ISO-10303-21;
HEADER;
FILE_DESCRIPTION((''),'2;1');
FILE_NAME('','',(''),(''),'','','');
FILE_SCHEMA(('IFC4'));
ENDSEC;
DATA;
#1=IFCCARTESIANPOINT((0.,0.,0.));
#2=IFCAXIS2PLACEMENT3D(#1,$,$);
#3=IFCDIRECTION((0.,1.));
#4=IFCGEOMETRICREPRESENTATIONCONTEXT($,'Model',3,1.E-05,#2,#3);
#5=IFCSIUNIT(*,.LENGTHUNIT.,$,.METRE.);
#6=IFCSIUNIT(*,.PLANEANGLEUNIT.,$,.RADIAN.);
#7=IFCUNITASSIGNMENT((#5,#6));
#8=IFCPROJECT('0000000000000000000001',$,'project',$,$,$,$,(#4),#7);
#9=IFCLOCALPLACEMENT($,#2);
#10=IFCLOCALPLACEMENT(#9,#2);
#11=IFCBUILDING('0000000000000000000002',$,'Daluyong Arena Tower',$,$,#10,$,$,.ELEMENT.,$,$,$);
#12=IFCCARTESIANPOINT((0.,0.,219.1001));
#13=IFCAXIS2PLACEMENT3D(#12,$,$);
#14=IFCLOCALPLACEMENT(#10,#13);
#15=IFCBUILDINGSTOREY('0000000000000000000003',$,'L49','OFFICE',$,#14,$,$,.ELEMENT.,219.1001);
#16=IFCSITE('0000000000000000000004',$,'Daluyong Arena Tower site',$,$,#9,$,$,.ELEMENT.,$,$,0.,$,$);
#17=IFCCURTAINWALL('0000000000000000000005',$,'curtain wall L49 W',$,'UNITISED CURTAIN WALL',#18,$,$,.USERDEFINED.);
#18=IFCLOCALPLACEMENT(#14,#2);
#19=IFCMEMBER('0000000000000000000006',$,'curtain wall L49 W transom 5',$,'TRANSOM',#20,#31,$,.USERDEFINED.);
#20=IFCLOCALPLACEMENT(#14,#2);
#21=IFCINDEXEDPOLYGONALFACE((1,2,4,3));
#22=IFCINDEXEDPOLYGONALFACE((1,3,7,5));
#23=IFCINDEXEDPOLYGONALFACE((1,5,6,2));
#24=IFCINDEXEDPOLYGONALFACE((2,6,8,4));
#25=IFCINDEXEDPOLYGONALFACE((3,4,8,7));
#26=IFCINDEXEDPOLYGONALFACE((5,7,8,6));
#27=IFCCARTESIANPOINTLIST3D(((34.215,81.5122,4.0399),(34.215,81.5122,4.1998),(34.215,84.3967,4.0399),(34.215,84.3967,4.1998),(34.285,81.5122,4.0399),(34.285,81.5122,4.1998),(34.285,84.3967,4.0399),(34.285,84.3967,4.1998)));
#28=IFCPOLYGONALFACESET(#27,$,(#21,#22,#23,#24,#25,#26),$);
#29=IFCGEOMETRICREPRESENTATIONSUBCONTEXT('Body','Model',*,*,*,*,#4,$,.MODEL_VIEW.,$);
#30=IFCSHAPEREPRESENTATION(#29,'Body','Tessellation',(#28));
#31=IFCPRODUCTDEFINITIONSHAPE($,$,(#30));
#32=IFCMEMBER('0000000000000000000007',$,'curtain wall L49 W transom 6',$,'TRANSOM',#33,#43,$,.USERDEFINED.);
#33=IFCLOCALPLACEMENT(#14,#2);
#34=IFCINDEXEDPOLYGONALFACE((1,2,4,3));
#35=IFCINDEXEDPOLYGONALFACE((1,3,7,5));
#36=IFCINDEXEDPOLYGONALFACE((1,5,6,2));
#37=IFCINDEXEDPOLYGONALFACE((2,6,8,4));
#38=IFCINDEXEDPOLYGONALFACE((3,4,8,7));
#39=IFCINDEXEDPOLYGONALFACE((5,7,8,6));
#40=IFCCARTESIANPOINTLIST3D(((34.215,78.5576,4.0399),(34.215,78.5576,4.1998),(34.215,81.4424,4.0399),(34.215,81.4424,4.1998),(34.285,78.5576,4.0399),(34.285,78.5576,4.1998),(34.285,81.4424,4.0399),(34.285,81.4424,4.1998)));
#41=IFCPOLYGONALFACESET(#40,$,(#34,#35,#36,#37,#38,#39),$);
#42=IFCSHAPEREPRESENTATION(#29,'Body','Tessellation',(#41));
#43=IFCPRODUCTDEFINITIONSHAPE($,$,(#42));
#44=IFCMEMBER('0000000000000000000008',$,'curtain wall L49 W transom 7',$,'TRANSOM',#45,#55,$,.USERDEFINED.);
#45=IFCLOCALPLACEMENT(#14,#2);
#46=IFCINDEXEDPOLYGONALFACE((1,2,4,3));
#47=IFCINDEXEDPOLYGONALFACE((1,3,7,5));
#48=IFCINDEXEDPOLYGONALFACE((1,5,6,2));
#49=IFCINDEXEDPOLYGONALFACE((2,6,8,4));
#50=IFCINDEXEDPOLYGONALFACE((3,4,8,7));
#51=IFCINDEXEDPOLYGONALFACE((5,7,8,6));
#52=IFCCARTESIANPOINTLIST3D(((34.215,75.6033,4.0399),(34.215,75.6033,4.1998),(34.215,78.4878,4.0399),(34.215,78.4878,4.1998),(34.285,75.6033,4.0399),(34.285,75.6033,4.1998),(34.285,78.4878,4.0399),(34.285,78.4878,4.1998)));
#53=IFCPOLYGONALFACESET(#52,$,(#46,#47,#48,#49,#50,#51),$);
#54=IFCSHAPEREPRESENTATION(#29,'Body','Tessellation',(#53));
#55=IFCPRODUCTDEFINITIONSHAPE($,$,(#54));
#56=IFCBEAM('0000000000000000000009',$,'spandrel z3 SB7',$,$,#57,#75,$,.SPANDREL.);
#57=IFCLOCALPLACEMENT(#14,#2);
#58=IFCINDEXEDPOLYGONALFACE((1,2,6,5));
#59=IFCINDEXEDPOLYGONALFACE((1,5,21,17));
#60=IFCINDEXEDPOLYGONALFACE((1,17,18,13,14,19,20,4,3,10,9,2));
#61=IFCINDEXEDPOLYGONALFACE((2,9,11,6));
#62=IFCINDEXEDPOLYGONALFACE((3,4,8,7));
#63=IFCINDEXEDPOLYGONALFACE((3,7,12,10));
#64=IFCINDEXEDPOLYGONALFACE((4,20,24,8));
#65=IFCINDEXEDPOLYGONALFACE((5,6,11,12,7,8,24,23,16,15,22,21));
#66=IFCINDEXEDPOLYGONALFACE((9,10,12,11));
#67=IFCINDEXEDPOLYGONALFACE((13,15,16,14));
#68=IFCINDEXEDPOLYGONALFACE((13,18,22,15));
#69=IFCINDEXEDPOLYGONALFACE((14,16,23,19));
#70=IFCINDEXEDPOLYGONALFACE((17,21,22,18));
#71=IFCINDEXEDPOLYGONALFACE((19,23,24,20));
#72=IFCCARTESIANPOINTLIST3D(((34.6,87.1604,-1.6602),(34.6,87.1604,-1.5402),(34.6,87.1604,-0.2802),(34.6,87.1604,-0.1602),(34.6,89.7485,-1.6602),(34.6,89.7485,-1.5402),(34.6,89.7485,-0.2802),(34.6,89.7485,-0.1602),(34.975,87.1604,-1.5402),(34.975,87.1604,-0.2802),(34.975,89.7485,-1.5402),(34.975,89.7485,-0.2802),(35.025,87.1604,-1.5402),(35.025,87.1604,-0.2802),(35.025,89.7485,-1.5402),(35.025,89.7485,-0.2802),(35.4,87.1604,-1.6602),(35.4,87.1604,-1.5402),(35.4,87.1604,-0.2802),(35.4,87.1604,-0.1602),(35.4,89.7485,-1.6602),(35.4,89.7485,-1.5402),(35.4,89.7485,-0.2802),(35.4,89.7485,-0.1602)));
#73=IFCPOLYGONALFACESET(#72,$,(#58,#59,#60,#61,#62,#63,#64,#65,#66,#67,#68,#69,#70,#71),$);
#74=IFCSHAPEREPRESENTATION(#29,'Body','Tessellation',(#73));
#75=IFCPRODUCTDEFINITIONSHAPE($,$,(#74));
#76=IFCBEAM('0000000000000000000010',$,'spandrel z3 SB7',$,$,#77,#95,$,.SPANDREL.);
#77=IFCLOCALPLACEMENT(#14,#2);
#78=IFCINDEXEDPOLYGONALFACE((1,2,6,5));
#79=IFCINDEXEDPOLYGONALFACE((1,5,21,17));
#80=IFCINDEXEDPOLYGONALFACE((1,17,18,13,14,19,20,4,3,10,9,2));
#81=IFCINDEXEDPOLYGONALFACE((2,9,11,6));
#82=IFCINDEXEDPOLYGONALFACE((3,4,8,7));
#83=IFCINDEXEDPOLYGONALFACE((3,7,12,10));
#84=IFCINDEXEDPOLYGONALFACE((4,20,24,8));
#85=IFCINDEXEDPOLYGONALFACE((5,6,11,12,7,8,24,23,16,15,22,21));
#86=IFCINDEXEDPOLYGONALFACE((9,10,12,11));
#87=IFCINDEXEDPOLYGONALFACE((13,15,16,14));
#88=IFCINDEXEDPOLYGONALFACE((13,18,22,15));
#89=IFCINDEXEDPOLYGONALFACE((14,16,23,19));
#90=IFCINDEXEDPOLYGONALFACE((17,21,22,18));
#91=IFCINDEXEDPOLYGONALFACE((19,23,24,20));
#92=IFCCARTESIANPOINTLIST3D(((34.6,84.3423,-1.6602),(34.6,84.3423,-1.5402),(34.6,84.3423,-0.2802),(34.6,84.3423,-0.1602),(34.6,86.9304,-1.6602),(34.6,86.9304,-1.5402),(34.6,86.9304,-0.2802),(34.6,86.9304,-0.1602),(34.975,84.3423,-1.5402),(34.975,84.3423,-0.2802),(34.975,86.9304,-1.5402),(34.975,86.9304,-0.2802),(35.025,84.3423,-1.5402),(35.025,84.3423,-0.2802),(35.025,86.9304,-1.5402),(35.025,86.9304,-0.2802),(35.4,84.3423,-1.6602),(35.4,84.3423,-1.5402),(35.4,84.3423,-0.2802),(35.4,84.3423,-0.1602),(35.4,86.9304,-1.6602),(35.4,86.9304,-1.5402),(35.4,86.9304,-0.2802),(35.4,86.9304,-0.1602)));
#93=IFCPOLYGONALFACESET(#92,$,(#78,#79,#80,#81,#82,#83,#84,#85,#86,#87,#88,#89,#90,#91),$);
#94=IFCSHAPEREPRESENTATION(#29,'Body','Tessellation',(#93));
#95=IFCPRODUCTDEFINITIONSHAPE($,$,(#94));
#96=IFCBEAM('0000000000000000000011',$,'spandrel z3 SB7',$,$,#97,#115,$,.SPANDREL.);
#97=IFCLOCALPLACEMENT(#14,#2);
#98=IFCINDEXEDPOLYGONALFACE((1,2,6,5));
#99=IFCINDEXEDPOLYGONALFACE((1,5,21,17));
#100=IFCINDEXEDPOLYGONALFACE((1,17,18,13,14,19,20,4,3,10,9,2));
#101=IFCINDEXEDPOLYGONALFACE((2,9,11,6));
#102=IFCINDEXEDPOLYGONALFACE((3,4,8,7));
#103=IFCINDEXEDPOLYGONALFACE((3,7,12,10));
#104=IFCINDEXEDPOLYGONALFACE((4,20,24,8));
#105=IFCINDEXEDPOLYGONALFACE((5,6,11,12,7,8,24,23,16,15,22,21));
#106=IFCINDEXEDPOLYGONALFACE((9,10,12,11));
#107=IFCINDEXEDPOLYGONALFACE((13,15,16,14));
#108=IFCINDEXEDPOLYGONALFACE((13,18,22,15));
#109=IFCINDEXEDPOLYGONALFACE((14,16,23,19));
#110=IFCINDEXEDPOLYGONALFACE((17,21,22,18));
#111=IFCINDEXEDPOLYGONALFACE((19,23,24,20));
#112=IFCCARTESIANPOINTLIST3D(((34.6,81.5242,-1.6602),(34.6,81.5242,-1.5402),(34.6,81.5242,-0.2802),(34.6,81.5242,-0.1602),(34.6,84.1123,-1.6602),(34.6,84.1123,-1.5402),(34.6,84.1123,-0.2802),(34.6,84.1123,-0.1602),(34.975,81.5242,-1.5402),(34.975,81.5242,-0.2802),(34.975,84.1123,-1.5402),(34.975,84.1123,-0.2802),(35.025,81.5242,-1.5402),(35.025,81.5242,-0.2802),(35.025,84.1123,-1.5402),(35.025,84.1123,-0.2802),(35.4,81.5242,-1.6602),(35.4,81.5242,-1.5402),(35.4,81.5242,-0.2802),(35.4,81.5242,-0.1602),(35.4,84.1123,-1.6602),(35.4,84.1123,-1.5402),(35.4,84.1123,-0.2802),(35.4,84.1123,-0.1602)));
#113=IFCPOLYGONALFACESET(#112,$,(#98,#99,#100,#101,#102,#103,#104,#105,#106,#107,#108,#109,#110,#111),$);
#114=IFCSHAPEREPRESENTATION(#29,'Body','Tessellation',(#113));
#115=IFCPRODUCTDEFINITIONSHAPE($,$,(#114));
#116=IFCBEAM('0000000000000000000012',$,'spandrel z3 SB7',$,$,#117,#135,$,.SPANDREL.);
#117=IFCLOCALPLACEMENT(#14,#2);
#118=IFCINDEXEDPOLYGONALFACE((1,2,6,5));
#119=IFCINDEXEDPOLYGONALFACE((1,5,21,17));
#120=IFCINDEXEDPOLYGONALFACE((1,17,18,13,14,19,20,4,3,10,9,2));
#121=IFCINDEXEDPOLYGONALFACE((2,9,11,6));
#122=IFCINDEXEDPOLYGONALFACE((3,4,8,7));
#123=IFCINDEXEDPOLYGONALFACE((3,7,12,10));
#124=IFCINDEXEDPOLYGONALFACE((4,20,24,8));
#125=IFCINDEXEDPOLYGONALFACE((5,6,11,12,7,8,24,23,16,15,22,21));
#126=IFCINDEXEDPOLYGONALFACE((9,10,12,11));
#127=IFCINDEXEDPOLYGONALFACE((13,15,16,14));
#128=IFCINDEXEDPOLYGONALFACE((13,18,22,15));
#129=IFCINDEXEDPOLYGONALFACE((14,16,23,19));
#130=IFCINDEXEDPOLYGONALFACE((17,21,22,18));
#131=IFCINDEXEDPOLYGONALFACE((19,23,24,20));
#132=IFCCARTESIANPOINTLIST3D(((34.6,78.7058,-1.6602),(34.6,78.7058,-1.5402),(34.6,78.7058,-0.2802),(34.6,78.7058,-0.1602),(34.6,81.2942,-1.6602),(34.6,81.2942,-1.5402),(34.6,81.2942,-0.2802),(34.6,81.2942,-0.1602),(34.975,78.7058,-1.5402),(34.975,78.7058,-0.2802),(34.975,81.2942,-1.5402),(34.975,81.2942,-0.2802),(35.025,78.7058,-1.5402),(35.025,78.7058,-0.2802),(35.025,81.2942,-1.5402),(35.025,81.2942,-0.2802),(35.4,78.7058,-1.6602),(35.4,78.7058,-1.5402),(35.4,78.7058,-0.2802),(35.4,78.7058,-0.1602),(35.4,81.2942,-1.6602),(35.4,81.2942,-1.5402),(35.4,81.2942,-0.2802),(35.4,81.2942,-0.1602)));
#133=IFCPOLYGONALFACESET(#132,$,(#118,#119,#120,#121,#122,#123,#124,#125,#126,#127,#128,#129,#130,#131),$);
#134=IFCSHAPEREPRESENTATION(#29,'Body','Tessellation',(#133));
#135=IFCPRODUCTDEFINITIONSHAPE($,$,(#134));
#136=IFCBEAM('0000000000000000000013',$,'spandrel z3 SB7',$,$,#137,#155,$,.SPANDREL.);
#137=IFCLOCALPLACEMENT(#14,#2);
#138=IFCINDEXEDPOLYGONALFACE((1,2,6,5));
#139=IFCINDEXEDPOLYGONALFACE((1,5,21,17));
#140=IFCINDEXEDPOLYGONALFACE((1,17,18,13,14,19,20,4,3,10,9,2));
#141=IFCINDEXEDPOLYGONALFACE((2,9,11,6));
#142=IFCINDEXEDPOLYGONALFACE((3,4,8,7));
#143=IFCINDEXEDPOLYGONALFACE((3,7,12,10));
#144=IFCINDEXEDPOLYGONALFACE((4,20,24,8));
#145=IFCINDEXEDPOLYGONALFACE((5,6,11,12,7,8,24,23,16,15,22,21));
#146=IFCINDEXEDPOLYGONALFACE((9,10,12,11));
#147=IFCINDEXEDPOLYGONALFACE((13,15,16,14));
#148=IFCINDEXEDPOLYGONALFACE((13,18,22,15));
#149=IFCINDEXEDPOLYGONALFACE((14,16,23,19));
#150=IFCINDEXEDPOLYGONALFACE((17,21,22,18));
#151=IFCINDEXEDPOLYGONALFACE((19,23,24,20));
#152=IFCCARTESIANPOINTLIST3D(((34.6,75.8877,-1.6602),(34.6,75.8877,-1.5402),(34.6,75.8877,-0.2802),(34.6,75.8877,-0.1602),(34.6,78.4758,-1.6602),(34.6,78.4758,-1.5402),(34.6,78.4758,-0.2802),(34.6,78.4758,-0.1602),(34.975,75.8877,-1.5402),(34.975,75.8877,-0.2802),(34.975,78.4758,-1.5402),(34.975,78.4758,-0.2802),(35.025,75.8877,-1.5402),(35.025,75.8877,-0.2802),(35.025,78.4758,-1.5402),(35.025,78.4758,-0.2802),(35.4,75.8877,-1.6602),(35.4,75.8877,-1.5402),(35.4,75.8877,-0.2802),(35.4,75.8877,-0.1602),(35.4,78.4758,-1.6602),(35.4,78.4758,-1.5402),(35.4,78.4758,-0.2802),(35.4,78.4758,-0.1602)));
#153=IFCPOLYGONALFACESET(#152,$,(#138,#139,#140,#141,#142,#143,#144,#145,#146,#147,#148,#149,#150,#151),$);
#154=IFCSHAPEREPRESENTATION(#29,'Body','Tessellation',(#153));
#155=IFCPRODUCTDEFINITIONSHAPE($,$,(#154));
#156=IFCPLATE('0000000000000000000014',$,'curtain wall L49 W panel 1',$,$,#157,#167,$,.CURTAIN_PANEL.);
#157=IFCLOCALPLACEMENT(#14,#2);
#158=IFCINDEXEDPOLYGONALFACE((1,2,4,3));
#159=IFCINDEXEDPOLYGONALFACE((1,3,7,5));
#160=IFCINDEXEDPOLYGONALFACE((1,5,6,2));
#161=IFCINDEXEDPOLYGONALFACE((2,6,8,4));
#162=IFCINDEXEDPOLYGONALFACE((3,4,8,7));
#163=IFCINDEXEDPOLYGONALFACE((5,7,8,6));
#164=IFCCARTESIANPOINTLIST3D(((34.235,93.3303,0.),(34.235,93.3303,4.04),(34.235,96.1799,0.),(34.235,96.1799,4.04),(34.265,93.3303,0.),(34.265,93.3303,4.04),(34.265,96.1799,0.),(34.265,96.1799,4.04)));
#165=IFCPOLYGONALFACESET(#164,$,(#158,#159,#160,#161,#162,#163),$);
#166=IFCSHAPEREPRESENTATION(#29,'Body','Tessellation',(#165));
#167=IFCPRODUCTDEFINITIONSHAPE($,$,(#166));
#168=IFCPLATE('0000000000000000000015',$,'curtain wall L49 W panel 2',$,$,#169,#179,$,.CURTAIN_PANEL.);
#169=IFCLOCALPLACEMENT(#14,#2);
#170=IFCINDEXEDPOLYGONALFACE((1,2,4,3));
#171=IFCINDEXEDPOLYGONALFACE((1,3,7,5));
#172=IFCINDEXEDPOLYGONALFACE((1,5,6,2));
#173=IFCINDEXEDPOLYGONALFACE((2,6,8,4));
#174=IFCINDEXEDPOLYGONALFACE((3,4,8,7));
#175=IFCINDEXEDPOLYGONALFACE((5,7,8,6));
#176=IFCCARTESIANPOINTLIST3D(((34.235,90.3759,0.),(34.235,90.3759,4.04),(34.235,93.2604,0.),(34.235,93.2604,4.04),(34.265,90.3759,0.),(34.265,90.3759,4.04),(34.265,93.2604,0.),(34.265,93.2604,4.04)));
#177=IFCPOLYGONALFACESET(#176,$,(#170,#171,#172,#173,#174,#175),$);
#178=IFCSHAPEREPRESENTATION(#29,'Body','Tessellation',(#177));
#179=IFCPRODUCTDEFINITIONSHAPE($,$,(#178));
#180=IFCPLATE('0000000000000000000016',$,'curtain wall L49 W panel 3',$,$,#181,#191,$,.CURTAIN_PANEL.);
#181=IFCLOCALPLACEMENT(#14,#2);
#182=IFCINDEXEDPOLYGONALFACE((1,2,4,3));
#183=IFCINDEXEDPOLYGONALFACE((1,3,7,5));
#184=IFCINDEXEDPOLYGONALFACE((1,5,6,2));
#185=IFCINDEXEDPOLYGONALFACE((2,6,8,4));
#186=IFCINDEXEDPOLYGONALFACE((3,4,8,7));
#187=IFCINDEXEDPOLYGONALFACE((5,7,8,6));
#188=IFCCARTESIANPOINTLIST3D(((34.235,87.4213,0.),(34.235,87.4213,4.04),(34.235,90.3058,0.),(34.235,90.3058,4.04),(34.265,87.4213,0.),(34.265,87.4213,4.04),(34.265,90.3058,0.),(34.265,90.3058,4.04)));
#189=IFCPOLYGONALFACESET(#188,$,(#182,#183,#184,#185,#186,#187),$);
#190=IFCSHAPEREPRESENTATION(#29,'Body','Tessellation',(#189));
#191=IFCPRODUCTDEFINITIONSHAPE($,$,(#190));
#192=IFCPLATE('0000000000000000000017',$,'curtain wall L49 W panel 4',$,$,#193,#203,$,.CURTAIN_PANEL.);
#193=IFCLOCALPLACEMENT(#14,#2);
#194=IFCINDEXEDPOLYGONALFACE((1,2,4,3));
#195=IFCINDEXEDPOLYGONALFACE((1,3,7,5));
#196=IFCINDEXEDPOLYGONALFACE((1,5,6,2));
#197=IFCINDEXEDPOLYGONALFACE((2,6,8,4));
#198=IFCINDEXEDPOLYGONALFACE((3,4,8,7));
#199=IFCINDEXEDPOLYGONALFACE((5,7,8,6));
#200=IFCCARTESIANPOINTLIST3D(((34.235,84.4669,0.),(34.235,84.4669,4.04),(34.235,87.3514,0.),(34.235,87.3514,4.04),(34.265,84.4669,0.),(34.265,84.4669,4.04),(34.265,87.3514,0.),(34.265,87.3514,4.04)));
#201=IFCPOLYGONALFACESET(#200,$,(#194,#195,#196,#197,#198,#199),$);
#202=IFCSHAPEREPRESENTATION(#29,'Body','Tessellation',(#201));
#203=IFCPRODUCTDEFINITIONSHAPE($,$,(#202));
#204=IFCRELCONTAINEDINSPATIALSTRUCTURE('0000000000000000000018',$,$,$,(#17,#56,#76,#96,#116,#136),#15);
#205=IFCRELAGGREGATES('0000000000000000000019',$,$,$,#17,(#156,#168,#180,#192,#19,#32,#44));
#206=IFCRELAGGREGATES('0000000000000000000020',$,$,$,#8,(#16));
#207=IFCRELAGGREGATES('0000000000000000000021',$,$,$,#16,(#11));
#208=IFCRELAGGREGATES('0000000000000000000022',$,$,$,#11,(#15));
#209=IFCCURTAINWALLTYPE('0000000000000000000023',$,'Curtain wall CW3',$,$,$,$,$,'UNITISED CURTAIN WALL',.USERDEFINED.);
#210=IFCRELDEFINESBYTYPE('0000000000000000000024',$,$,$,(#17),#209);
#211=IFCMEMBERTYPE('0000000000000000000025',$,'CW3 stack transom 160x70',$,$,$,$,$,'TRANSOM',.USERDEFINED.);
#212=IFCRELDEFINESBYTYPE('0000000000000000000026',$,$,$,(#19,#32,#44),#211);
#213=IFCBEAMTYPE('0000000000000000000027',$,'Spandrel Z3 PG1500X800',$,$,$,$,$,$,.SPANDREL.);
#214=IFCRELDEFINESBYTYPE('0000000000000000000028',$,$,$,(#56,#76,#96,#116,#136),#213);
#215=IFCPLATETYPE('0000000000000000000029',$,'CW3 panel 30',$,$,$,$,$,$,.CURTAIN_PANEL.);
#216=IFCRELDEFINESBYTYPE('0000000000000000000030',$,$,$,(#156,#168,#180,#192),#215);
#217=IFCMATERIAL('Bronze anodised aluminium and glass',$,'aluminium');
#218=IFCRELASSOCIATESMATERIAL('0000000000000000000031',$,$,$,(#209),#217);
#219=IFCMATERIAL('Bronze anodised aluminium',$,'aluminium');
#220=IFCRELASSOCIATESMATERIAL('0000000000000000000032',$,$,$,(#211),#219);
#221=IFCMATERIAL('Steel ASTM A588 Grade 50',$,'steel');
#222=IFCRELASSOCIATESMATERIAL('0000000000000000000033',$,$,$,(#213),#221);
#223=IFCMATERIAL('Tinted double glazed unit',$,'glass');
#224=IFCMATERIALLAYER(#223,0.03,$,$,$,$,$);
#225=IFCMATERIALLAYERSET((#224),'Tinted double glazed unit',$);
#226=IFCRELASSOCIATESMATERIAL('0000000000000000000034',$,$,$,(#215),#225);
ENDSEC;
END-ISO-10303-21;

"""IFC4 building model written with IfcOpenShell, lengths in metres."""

from ifc_helpers import new_model, si_unit, direction, frame, origin, origin_2d, place, context, subcontext, project, spatial, rectangle, i_section, extrude, material, layer, layer_set, material_profile, profile_set, type_object, element, aggregate, save


model = new_model("IFC4")

# Units and contexts
model_context = context("Model", 3, precision=1e-05, world=origin(), true_north=direction((0.0, 1.0)))
body_context = subcontext(model_context, "Body", "Model", "MODEL_VIEW")
ifc_project = project(units=[si_unit("LENGTHUNIT", "METRE"), si_unit("PLANEANGLEUNIT", "RADIAN")], contexts=[model_context])

# Site, building, storey
site_placement = place(None, origin())
site = spatial("IfcSite", under=ifc_project, at=site_placement, Name="Daluyong Arena Tower site", CompositionType="ELEMENT", RefElevation=0.0)
building_placement = place(site_placement, origin())
building = spatial("IfcBuilding", under=site, at=building_placement, Name="Daluyong Arena Tower", CompositionType="ELEMENT")
storey_placement = place(building_placement, frame((0.0, 0.0, 219.1001)))
storey = spatial("IfcBuildingStorey", under=building, at=storey_placement, Name="L49", Description="OFFICE", CompositionType="ELEMENT", Elevation=219.1001)

# Curtain wall, members
ifc_material_1 = material(Name="Bronze anodised aluminium and glass", Category="aluminium")
curtain_wall_type = type_object("IfcCurtainWallType", Name="Curtain wall CW3", ElementType="UNITISED CURTAIN WALL", PredefinedType="USERDEFINED", material=ifc_material_1)
curtain_wall_placement = place(storey_placement, origin())
curtain_wall = element("IfcCurtainWall", 1, at=curtain_wall_placement, inside=storey, type_object=curtain_wall_type, Name="curtain wall L49 W", ObjectType="UNITISED CURTAIN WALL", PredefinedType="USERDEFINED")
ifc_material_2 = material(Name="Bronze anodised aluminium", Category="aluminium")
ifc_material_profile_1 = material_profile(ifc_material_2, rectangle(XDim=0.0701, YDim=0.1599, at=origin_2d()))
ifc_profile_set_1 = profile_set([ifc_material_profile_1], Name="Bronze anodised aluminium")
member_type_1 = type_object("IfcMemberType", Name="CW3 stack transom 160x70", ElementType="TRANSOM", PredefinedType="USERDEFINED", material=ifc_profile_set_1)
member_1_placement = place(storey_placement, frame((34.25, 84.3967, 4.1199), z_axis=(0.0, -1.0, 0.0), x_axis=(1.0, 0.0, 0.0)))
member_1 = element("IfcMember", 2, at=member_1_placement, type_object=member_type_1, Name="curtain wall L49 W transom 5", ObjectType="TRANSOM", PredefinedType="USERDEFINED", context=body_context, shape_type="SweptSolid", body=[
    extrude(rectangle(XDim=0.0701, YDim=0.1599, at=origin_2d()), origin(), (0.0, 0.0, 1.0), 2.8845),
])
member_2_placement = place(storey_placement, frame((34.25, 81.4424, 4.1199), z_axis=(0.0, -1.0, 0.0), x_axis=(1.0, 0.0, 0.0)))
member_2 = element("IfcMember", 3, at=member_2_placement, type_object=member_type_1, Name="curtain wall L49 W transom 6", ObjectType="TRANSOM", PredefinedType="USERDEFINED", context=body_context, shape_type="SweptSolid", body=[
    extrude(rectangle(XDim=0.0701, YDim=0.1599, at=origin_2d()), origin(), (0.0, 0.0, 1.0), 2.8848),
])
member_3_placement = place(storey_placement, frame((34.25, 78.4878, 4.1199), z_axis=(0.0, -1.0, 0.0), x_axis=(1.0, 0.0, 0.0)))
member_3 = element("IfcMember", 4, at=member_3_placement, type_object=member_type_1, Name="curtain wall L49 W transom 7", ObjectType="TRANSOM", PredefinedType="USERDEFINED", context=body_context, shape_type="SweptSolid", body=[
    extrude(rectangle(XDim=0.0701, YDim=0.1599, at=origin_2d()), origin(), (0.0, 0.0, 1.0), 2.8845),
])

# Beams
ifc_material_3 = material(Name="Steel ASTM A588 Grade 50", Category="steel")
ifc_material_profile_2 = material_profile(ifc_material_3, i_section(OverallWidth=0.8, OverallDepth=1.5, WebThickness=0.05, FlangeThickness=0.12, at=origin_2d()))
ifc_profile_set_2 = profile_set([ifc_material_profile_2], Name="Steel ASTM A588 Grade 50")
beam_type = type_object("IfcBeamType", Name="Spandrel Z3 PG1500X800", PredefinedType="SPANDREL", material=ifc_profile_set_2)
for number, where, z_axis, x_axis, name in (
    (5, (35.0, 89.7485, -0.9102), (0.0, -1.0, 0.0), (1.0, 0.0, 0.0), "spandrel z3 SB7"),
    (6, (35.0, 86.9304, -0.9102), (0.0, -1.0, 0.0), (1.0, 0.0, 0.0), "spandrel z3 SB7"),
    (7, (35.0, 84.1123, -0.9102), (0.0, -1.0, 0.0), (1.0, 0.0, 0.0), "spandrel z3 SB7"),
):
    element("IfcBeam", number, at=place(storey_placement, frame(where, z_axis=z_axis, x_axis=x_axis)), inside=storey, type_object=beam_type, Name=name, PredefinedType="SPANDREL", context=body_context, shape_type="SweptSolid", body=[
        extrude(i_section(OverallWidth=0.8, OverallDepth=1.5, WebThickness=0.05, FlangeThickness=0.12, at=origin_2d()), origin(), (0.0, 0.0, 1.0), 2.5881),
    ])
beam_1_placement = place(storey_placement, frame((35.0, 81.2942, -0.9102), z_axis=(0.0, -1.0, 0.0), x_axis=(1.0, 0.0, 0.0)))
element("IfcBeam", 8, at=beam_1_placement, inside=storey, type_object=beam_type, Name="spandrel z3 SB7", PredefinedType="SPANDREL", context=body_context, shape_type="SweptSolid", body=[
    extrude(i_section(OverallWidth=0.8, OverallDepth=1.5, WebThickness=0.05, FlangeThickness=0.12, at=origin_2d()), origin(), (0.0, 0.0, 1.0), 2.5884),
])
beam_2_placement = place(storey_placement, frame((35.0, 78.4758, -0.9102), z_axis=(0.0, -1.0, 0.0), x_axis=(1.0, 0.0, 0.0)))
element("IfcBeam", 9, at=beam_2_placement, inside=storey, type_object=beam_type, Name="spandrel z3 SB7", PredefinedType="SPANDREL", context=body_context, shape_type="SweptSolid", body=[
    extrude(i_section(OverallWidth=0.8, OverallDepth=1.5, WebThickness=0.05, FlangeThickness=0.12, at=origin_2d()), origin(), (0.0, 0.0, 1.0), 2.5881),
])

# Plates
ifc_material_4 = material(Name="Tinted double glazed unit", Category="glass")
ifc_layer = layer(ifc_material_4, 0.03)
ifc_layer_set = layer_set([ifc_layer], Name="Tinted double glazed unit")
plate_type = type_object("IfcPlateType", Name="CW3 panel 30", PredefinedType="CURTAIN_PANEL", material=ifc_layer_set)
plate_1_placement = place(storey_placement, frame((34.25, 94.7551, 0.0), z_axis=(0.0, 0.0, 1.0), x_axis=(0.0, -1.0, 0.0)))
plate_1 = element("IfcPlate", 10, at=plate_1_placement, type_object=plate_type, Name="curtain wall L49 W panel 1", PredefinedType="CURTAIN_PANEL", context=body_context, shape_type="SweptSolid", body=[
    extrude(rectangle(XDim=2.8496, YDim=0.03, at=origin_2d()), origin(), (0.0, 0.0, 1.0), 4.04),
])
plate_2_placement = place(storey_placement, frame((34.25, 91.8181, 0.0), z_axis=(0.0, 0.0, 1.0), x_axis=(0.0, -1.0, 0.0)))
plate_2 = element("IfcPlate", 11, at=plate_2_placement, type_object=plate_type, Name="curtain wall L49 W panel 2", PredefinedType="CURTAIN_PANEL", context=body_context, shape_type="SweptSolid", body=[
    extrude(rectangle(XDim=2.8845, YDim=0.03, at=origin_2d()), origin(), (0.0, 0.0, 1.0), 4.04),
])
plate_3_placement = place(storey_placement, frame((34.25, 88.8635, 0.0), z_axis=(0.0, 0.0, 1.0), x_axis=(0.0, -1.0, 0.0)))
plate_3 = element("IfcPlate", 12, at=plate_3_placement, type_object=plate_type, Name="curtain wall L49 W panel 3", PredefinedType="CURTAIN_PANEL", context=body_context, shape_type="SweptSolid", body=[
    extrude(rectangle(XDim=2.8845, YDim=0.03, at=origin_2d()), origin(), (0.0, 0.0, 1.0), 4.04),
])
plate_4_placement = place(storey_placement, frame((34.25, 85.9092, 0.0), z_axis=(0.0, 0.0, 1.0), x_axis=(0.0, -1.0, 0.0)))
plate_4 = element("IfcPlate", 13, at=plate_4_placement, type_object=plate_type, Name="curtain wall L49 W panel 4", PredefinedType="CURTAIN_PANEL", context=body_context, shape_type="SweptSolid", body=[
    extrude(rectangle(XDim=2.8845, YDim=0.03, at=origin_2d()), origin(), (0.0, 0.0, 1.0), 4.04),
])
aggregate(curtain_wall, [plate_1, plate_2, plate_3, plate_4, member_1, member_2, member_3])

save(model, "model.ifc")
